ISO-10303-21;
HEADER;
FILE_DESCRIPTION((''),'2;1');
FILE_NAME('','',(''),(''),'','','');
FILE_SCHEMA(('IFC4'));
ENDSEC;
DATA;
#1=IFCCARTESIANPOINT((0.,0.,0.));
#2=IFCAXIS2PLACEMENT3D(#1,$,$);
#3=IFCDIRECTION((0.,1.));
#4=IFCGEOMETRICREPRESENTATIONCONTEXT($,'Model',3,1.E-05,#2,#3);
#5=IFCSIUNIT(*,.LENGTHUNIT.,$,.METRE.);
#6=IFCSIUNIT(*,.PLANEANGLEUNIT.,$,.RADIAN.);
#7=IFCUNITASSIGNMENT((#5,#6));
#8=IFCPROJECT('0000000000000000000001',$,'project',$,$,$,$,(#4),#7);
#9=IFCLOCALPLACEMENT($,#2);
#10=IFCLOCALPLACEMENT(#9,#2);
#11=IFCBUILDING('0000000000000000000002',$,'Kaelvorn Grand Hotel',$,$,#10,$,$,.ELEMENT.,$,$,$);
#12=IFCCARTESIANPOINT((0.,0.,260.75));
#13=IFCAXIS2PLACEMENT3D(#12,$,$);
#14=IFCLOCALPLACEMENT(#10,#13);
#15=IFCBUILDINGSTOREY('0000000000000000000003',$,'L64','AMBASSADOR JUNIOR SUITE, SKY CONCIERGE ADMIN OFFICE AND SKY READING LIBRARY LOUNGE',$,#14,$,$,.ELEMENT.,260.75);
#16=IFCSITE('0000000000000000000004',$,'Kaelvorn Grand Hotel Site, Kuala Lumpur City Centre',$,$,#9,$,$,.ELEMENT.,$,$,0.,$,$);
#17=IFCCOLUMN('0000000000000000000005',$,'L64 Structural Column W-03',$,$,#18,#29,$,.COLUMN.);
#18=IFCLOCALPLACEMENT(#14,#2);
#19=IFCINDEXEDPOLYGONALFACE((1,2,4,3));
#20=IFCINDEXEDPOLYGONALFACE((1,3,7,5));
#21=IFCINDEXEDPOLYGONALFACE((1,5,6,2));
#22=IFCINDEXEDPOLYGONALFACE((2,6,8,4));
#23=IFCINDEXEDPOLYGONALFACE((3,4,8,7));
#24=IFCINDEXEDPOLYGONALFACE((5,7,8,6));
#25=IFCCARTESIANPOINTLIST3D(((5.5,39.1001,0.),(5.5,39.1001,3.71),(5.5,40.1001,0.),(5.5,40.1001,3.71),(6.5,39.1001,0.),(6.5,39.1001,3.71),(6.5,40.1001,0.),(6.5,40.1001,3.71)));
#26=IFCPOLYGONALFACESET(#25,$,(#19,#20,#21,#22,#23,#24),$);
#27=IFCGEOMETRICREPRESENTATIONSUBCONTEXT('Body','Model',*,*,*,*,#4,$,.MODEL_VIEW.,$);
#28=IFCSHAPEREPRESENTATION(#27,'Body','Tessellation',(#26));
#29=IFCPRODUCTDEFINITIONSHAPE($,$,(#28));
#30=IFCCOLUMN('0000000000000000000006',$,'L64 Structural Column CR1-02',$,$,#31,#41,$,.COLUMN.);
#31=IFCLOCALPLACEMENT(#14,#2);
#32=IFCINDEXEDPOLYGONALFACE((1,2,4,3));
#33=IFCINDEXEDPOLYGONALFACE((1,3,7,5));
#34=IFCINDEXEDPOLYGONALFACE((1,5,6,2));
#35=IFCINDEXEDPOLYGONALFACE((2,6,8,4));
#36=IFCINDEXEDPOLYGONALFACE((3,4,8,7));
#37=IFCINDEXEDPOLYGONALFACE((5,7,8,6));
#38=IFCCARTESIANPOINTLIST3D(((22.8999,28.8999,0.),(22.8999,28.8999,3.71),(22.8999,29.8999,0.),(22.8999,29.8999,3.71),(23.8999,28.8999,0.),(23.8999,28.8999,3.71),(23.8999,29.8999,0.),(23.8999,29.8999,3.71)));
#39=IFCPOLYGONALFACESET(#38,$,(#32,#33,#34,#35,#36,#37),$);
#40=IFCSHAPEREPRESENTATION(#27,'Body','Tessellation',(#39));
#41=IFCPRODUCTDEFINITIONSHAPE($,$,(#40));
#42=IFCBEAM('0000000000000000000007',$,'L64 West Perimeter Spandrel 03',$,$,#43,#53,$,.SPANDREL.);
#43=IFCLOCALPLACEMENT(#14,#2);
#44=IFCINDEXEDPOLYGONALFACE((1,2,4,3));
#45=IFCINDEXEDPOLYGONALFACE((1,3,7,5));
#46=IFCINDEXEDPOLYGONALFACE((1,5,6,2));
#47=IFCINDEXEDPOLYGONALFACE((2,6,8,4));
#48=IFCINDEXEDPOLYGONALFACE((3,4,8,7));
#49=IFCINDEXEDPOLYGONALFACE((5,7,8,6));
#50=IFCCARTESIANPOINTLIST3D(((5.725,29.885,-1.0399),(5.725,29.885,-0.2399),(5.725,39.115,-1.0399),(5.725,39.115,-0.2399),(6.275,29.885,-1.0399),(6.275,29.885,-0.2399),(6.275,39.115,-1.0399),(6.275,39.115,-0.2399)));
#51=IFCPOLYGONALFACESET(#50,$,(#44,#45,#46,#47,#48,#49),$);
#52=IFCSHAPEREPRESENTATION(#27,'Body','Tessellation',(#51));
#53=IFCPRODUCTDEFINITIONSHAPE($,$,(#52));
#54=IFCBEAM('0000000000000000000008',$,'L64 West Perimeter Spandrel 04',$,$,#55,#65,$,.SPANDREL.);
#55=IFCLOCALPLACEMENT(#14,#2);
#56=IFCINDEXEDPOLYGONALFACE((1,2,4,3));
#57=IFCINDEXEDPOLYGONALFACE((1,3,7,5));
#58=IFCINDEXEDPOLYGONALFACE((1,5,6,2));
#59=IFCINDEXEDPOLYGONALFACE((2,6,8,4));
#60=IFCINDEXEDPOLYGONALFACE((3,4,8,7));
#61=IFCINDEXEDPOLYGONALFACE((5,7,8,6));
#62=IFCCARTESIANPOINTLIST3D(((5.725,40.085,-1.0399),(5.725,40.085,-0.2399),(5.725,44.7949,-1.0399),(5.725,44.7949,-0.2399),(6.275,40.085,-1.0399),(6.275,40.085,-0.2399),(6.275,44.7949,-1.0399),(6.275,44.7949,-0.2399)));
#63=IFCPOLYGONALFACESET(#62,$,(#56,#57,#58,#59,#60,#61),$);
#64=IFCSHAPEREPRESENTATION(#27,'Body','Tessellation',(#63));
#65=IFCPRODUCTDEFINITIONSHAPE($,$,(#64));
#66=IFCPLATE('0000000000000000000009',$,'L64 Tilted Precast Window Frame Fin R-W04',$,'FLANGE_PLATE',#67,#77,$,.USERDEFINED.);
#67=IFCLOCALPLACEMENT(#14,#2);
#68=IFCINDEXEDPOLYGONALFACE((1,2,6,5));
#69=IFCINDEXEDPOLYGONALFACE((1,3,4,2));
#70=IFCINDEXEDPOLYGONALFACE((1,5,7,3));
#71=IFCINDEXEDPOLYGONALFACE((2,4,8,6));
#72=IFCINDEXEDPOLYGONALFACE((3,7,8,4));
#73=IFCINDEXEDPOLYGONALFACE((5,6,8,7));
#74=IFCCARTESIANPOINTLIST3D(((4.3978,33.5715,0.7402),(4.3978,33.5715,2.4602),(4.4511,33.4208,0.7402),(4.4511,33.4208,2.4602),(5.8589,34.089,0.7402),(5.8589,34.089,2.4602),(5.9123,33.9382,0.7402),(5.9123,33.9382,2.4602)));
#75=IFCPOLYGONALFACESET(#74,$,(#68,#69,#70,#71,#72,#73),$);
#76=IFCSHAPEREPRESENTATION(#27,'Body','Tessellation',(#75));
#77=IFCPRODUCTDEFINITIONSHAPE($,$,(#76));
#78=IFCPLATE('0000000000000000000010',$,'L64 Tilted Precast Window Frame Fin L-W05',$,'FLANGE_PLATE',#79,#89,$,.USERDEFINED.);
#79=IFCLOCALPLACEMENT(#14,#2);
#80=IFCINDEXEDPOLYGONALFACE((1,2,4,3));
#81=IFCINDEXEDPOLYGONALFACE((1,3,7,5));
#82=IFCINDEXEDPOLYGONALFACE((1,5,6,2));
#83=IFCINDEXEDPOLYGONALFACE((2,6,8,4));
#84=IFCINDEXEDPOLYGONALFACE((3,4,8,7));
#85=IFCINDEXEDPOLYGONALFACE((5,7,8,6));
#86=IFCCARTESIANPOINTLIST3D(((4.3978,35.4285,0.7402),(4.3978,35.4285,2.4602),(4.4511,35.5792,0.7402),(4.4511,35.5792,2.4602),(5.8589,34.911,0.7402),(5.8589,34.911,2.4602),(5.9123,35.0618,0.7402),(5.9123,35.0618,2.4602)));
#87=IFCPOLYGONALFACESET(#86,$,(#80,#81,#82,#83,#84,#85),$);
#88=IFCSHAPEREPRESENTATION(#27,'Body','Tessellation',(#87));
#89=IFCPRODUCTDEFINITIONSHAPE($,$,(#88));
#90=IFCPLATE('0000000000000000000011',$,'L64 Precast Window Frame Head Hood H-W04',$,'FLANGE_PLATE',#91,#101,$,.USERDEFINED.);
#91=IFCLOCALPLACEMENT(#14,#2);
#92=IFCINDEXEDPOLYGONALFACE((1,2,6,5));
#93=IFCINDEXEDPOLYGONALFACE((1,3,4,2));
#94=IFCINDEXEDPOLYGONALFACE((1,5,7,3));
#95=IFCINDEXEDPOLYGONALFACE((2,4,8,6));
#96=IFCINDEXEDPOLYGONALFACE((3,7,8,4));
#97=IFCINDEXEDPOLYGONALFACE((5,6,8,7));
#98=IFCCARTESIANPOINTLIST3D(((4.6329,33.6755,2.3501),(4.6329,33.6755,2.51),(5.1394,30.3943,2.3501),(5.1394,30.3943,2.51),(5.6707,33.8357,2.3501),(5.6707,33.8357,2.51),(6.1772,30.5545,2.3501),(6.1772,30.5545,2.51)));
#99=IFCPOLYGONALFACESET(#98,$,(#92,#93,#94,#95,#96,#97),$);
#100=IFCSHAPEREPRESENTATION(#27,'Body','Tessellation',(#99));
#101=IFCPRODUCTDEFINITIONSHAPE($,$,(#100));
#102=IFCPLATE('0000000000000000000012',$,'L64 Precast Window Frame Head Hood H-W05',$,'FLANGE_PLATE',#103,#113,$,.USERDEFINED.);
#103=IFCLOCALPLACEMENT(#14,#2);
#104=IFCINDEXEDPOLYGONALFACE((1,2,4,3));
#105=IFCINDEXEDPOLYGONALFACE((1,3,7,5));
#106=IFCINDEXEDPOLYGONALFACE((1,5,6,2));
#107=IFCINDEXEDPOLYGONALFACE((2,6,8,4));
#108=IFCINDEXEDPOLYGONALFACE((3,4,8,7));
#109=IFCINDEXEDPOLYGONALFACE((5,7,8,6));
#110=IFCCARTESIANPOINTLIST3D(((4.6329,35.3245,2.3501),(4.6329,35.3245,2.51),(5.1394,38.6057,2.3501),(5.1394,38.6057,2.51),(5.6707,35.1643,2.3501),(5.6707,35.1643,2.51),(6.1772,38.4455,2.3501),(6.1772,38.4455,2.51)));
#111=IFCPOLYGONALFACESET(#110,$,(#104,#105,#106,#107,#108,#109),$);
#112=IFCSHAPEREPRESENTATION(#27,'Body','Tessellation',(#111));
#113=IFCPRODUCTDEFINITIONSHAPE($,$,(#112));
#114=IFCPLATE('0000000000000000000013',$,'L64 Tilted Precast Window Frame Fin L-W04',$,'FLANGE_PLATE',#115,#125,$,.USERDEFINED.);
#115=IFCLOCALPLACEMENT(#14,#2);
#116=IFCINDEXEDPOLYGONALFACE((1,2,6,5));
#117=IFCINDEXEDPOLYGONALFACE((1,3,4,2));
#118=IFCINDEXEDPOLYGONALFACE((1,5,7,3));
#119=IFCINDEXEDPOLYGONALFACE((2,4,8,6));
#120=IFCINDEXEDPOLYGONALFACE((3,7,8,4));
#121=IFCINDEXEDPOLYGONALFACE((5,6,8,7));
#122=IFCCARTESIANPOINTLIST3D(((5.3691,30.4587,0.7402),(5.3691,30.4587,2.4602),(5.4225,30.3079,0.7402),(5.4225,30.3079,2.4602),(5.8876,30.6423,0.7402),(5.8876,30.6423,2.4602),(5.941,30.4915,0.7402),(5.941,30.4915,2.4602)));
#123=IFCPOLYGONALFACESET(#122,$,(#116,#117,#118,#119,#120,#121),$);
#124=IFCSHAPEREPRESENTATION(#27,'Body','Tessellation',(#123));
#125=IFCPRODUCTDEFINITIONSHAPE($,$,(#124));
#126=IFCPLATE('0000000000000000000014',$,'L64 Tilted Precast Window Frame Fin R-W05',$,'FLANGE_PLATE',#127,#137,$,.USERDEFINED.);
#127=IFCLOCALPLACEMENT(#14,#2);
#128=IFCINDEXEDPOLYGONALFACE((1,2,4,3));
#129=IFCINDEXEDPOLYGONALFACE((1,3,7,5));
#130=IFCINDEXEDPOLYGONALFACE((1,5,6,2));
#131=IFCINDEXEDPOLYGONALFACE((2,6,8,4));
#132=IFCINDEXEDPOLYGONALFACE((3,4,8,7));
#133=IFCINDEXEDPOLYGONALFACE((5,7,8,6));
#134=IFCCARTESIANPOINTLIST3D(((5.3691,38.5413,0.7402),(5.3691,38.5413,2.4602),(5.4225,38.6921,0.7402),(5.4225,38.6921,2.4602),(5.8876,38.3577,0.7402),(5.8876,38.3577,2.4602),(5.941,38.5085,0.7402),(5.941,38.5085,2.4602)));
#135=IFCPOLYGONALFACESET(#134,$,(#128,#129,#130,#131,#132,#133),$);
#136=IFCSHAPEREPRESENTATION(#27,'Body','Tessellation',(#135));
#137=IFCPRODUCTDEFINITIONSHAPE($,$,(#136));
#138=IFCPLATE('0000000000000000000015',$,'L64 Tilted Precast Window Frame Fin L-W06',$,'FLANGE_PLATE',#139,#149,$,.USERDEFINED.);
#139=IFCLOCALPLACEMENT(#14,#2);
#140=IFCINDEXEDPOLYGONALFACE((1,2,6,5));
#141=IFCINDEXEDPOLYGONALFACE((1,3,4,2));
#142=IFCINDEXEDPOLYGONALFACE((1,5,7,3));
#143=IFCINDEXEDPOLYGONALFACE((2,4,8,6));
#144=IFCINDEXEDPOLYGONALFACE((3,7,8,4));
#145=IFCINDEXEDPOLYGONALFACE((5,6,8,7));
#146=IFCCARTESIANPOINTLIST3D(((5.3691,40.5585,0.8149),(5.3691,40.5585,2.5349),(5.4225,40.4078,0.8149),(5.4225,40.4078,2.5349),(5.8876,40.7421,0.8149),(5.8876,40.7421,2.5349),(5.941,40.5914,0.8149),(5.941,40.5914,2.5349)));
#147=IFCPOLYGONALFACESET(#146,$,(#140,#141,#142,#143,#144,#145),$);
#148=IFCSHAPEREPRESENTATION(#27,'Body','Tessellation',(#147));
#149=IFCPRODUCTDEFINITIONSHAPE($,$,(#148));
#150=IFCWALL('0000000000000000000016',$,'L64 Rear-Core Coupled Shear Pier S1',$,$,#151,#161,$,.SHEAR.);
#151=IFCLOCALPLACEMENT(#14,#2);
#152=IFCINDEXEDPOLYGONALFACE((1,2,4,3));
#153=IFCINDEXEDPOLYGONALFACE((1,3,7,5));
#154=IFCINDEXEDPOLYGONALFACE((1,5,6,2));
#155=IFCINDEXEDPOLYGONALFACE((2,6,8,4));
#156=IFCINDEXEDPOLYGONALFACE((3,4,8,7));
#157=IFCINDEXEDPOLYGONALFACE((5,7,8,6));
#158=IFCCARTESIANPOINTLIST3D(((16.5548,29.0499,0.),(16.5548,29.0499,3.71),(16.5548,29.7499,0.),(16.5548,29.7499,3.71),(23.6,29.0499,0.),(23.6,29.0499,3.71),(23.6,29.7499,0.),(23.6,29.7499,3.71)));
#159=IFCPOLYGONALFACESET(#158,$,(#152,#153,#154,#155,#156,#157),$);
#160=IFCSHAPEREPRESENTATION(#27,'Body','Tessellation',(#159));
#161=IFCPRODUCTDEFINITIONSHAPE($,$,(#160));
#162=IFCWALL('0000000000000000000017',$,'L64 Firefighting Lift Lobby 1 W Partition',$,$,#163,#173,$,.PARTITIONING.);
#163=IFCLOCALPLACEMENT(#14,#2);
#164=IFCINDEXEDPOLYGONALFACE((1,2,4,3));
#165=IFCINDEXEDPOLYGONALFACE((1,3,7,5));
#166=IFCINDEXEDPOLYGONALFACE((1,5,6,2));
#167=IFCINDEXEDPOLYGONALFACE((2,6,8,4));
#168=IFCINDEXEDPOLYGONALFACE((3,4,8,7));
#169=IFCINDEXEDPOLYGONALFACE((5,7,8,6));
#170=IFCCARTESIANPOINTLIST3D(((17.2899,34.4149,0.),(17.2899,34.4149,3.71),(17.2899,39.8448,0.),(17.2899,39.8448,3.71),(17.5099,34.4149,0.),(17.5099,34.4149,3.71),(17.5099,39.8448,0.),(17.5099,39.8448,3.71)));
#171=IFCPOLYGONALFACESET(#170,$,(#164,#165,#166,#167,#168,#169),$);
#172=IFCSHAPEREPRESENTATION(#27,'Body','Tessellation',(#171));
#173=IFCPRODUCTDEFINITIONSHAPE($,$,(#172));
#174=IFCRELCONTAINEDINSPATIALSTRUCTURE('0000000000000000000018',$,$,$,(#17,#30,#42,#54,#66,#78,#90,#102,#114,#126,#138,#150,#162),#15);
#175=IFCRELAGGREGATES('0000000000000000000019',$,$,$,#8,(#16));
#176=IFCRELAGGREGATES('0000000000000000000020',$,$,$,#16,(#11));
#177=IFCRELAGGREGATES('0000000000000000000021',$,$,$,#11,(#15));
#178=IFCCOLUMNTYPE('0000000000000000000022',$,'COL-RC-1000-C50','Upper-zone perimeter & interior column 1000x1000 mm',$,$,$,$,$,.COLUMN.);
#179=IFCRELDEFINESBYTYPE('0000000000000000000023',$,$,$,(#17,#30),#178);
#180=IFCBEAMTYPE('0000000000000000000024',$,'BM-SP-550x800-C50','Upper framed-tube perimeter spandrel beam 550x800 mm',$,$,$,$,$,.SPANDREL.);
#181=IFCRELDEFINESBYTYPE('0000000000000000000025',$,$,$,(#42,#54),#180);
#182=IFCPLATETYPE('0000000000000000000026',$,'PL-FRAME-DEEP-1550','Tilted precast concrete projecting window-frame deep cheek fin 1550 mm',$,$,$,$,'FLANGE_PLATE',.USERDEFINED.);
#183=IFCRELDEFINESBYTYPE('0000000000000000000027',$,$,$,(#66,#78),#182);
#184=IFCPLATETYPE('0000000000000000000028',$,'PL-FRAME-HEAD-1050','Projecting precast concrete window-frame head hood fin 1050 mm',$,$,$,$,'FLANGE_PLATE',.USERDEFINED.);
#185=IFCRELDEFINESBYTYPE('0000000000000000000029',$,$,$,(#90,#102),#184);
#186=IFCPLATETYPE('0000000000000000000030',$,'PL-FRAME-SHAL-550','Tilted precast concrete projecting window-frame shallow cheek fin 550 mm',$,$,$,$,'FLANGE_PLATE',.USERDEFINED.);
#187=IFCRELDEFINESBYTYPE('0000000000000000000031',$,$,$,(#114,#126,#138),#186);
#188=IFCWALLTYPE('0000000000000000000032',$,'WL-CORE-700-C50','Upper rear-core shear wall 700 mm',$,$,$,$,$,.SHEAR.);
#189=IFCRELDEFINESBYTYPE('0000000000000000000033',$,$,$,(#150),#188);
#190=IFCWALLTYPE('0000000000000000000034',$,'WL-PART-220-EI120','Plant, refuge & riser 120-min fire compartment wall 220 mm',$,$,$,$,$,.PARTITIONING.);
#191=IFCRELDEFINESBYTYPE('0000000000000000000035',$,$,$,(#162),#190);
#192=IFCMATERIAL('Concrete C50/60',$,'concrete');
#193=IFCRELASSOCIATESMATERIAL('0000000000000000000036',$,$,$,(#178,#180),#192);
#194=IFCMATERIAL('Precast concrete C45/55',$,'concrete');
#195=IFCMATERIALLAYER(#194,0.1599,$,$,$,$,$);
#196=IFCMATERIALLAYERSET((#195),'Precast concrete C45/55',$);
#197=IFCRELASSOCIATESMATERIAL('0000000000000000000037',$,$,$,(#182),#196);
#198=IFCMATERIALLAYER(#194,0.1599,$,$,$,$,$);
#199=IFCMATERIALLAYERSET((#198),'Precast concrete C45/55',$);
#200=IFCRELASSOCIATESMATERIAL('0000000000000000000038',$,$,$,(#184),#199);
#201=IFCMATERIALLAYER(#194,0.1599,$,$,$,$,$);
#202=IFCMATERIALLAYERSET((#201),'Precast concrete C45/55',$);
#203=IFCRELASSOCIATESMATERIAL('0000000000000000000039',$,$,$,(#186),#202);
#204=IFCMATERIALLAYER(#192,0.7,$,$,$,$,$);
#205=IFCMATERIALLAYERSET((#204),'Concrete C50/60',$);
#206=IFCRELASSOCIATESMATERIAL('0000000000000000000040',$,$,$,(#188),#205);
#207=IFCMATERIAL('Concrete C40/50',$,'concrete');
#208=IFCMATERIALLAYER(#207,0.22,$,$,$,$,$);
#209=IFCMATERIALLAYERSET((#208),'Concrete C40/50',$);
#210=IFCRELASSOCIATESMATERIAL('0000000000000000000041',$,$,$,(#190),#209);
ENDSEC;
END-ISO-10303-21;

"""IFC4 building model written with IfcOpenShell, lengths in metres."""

from ifc_helpers import new_model, si_unit, direction, frame, frame_2d, origin, origin_2d, place, context, subcontext, project, spatial, rectangle, extrude, material, layer, layer_set, material_profile, profile_set, type_object, element, save


model = new_model("IFC4")

# Units and contexts
model_context = context("Model", 3, precision=1e-05, world=origin(), true_north=direction((0.0, 1.0)))
body_context = subcontext(model_context, "Body", "Model", "MODEL_VIEW")
ifc_project = project(units=[si_unit("LENGTHUNIT", "METRE"), si_unit("PLANEANGLEUNIT", "RADIAN")], contexts=[model_context])

# Site, building, storey
site_placement = place(None, origin())
site = spatial("IfcSite", under=ifc_project, at=site_placement, Name="Kaelvorn Grand Hotel Site, Kuala Lumpur City Centre", CompositionType="ELEMENT", RefElevation=0.0)
building_placement = place(site_placement, origin())
building = spatial("IfcBuilding", under=site, at=building_placement, Name="Kaelvorn Grand Hotel", CompositionType="ELEMENT")
storey_placement = place(building_placement, frame((0.0, 0.0, 260.75)))
storey = spatial("IfcBuildingStorey", under=building, at=storey_placement, Name="L64", Description="AMBASSADOR JUNIOR SUITE, SKY CONCIERGE ADMIN OFFICE AND SKY READING LIBRARY LOUNGE", CompositionType="ELEMENT", Elevation=260.75)

# Columns
ifc_material_1 = material(Name="Concrete C50/60", Category="concrete")
ifc_material_profile_1 = material_profile(ifc_material_1, rectangle(XDim=1.0, YDim=1.0, at=origin_2d()), Name="RC COL 1000x1000")
ifc_profile_set_1 = profile_set([ifc_material_profile_1], Name="Concrete C50/60")
column_type = type_object("IfcColumnType", Name="COL-RC-1000-C50", Description="Upper-zone perimeter & interior column 1000x1000 mm", PredefinedType="COLUMN", material=ifc_profile_set_1)
for number, where, z_axis, x_axis, name in (
    (1, (6.0, 39.6001, 0.0), (0.0, 0.0, 1.0), (1.0, 0.0, 0.0), "L64 Structural Column W-03"),
    (2, (23.3999, 29.3999, 0.0), (0.0, 0.0, 1.0), (1.0, 0.0, 0.0), "L64 Structural Column CR1-02"),
):
    element("IfcColumn", number, at=place(storey_placement, frame(where, z_axis=z_axis, x_axis=x_axis)), inside=storey, type_object=column_type, Name=name, PredefinedType="COLUMN", context=body_context, shape_type="SweptSolid", body=[
        extrude(rectangle(XDim=1.0, YDim=1.0, at=origin_2d()), origin(), (0.0, 0.0, 1.0), 3.71),
    ])

# Beams
ifc_material_profile_2 = material_profile(ifc_material_1, rectangle(XDim=0.55, YDim=0.8, at=origin_2d()), Name="RC SPANDREL 550x800")
ifc_profile_set_2 = profile_set([ifc_material_profile_2], Name="Concrete C50/60")
beam_type = type_object("IfcBeamType", Name="BM-SP-550x800-C50", Description="Upper framed-tube perimeter spandrel beam 550x800 mm", PredefinedType="SPANDREL", material=ifc_profile_set_2)
beam_1_placement = place(storey_placement, frame((6.0, 29.885, -0.6399), z_axis=(0.0, 1.0, 0.0), x_axis=(-1.0, 0.0, 0.0)))
element("IfcBeam", 3, at=beam_1_placement, inside=storey, type_object=beam_type, Name="L64 West Perimeter Spandrel 03", PredefinedType="SPANDREL", context=body_context, shape_type="SweptSolid", body=[
    extrude(rectangle(XDim=0.55, YDim=0.8, at=origin_2d()), origin(), (0.0, 0.0, 1.0), 9.23),
])
beam_2_placement = place(storey_placement, frame((6.0, 40.085, -0.6399), z_axis=(0.0, 1.0, 0.0), x_axis=(-1.0, 0.0, 0.0)))
element("IfcBeam", 4, at=beam_2_placement, inside=storey, type_object=beam_type, Name="L64 West Perimeter Spandrel 04", PredefinedType="SPANDREL", context=body_context, shape_type="SweptSolid", body=[
    extrude(rectangle(XDim=0.55, YDim=0.8, at=origin_2d()), origin(), (0.0, 0.0, 1.0), 4.71),
])

# Plates
ifc_material_2 = material(Name="Precast concrete C45/55", Category="concrete")
ifc_layer_1 = layer(ifc_material_2, 0.1599)
ifc_layer_set_1 = layer_set([ifc_layer_1], Name="Precast concrete C45/55")
plate_type_1 = type_object("IfcPlateType", Name="PL-FRAME-DEEP-1550", Description="Tilted precast concrete projecting window-frame deep cheek fin 1550 mm", ElementType="FLANGE_PLATE", PredefinedType="USERDEFINED", material=ifc_layer_set_1)
for number, where, z_axis, x_axis, name in (
    (5, (5.155, 33.7549, 0.7402), (0.0, 0.0, 1.0), (-0.333807, 0.942641, 0.0), "L64 Tilted Precast Window Frame Fin R-W04"),
    (6, (5.155, 35.2451, 0.7402), (0.0, 0.0, 1.0), (0.333807, 0.942641, 0.0), "L64 Tilted Precast Window Frame Fin L-W05"),
):
    element("IfcPlate", number, at=place(storey_placement, frame(where, z_axis=z_axis, x_axis=x_axis)), inside=storey, type_object=plate_type_1, Name=name, ObjectType="FLANGE_PLATE", PredefinedType="USERDEFINED", context=body_context, shape_type="SweptSolid", body=[
        extrude(rectangle(XDim=0.1599, YDim=1.55, at=origin_2d()), origin(), (0.0, 0.0, 1.0), 1.72),
    ])
ifc_layer_2 = layer(ifc_material_2, 0.1599)
ifc_layer_set_2 = layer_set([ifc_layer_2], Name="Precast concrete C45/55")
plate_type_2 = type_object("IfcPlateType", Name="PL-FRAME-HEAD-1050", Description="Projecting precast concrete window-frame head hood fin 1050 mm", ElementType="FLANGE_PLATE", PredefinedType="USERDEFINED", material=ifc_layer_set_2)
for number, where, z_axis, x_axis, name in (
    (7, (5.405, 32.115, 2.3501), (0.0, 0.0, 1.0), (-0.152555, 0.988295, 0.0), "L64 Precast Window Frame Head Hood H-W04"),
    (8, (5.405, 36.885, 2.3501), (0.0, 0.0, 1.0), (0.152555, 0.988295, 0.0), "L64 Precast Window Frame Head Hood H-W05"),
):
    element("IfcPlate", number, at=place(storey_placement, frame(where, z_axis=z_axis, x_axis=x_axis)), inside=storey, type_object=plate_type_2, Name=name, ObjectType="FLANGE_PLATE", PredefinedType="USERDEFINED", context=body_context, shape_type="SweptSolid", body=[
        extrude(rectangle(XDim=3.3201, YDim=1.05, at=origin_2d()), origin(), (0.0, 0.0, 1.0), 0.1599),
    ])
ifc_layer_3 = layer(ifc_material_2, 0.1599)
ifc_layer_set_3 = layer_set([ifc_layer_3], Name="Precast concrete C45/55")
plate_type_3 = type_object("IfcPlateType", Name="PL-FRAME-SHAL-550", Description="Tilted precast concrete projecting window-frame shallow cheek fin 550 mm", ElementType="FLANGE_PLATE", PredefinedType="USERDEFINED", material=ifc_layer_set_3)
for number, where, z_axis, x_axis, name in (
    (9, (5.655, 30.4751, 0.7402), (0.0, 0.0, 1.0), (-0.333807, 0.942641, 0.0), "L64 Tilted Precast Window Frame Fin L-W04"),
    (10, (5.655, 38.5249, 0.7402), (0.0, 0.0, 1.0), (0.333807, 0.942641, 0.0), "L64 Tilted Precast Window Frame Fin R-W05"),
    (11, (5.655, 40.575, 0.8149), (0.0, 0.0, 1.0), (-0.333807, 0.942641, 0.0), "L64 Tilted Precast Window Frame Fin L-W06"),
):
    element("IfcPlate", number, at=place(storey_placement, frame(where, z_axis=z_axis, x_axis=x_axis)), inside=storey, type_object=plate_type_3, Name=name, ObjectType="FLANGE_PLATE", PredefinedType="USERDEFINED", context=body_context, shape_type="SweptSolid", body=[
        extrude(rectangle(XDim=0.1599, YDim=0.55, at=origin_2d()), origin(), (0.0, 0.0, 1.0), 1.72),
    ])

# Wall
ifc_layer_4 = layer(ifc_material_1, 0.7)
ifc_layer_set_4 = layer_set([ifc_layer_4], Name="Concrete C50/60")
wall_type_1 = type_object("IfcWallType", Name="WL-CORE-700-C50", Description="Upper rear-core shear wall 700 mm", PredefinedType="SHEAR", material=ifc_layer_set_4)
wall_1_placement = place(storey_placement, frame((16.5549, 29.3999, 0.0), z_axis=(0.0, 0.0, 1.0), x_axis=(1.0, 0.0, 0.0)))
element("IfcWall", 12, at=wall_1_placement, inside=storey, type_object=wall_type_1, Name="L64 Rear-Core Coupled Shear Pier S1", PredefinedType="SHEAR", context=body_context, shape_type="SweptSolid", body=[
    extrude(rectangle(XDim=7.0452, YDim=0.7, at=frame_2d((3.5225, 0.0))), origin(), (0.0, 0.0, 1.0), 3.71),
])

# Shared definitions
ifc_material_3 = material(Name="Concrete C40/50", Category="concrete")
ifc_layer_5 = layer(ifc_material_3, 0.22)
ifc_layer_set_5 = layer_set([ifc_layer_5], Name="Concrete C40/50")
wall_type_2 = type_object("IfcWallType", Name="WL-PART-220-EI120", Description="Plant, refuge & riser 120-min fire compartment wall 220 mm", PredefinedType="PARTITIONING", material=ifc_layer_set_5)

# Wall
wall_2_placement = place(storey_placement, frame((17.3999, 34.415, 0.0), z_axis=(0.0, 0.0, 1.0), x_axis=(0.0, 1.0, 0.0)))
element("IfcWall", 13, at=wall_2_placement, inside=storey, type_object=wall_type_2, Name="L64 Firefighting Lift Lobby 1 W Partition", PredefinedType="PARTITIONING", context=body_context, shape_type="SweptSolid", body=[
    extrude(rectangle(XDim=5.4299, YDim=0.22, at=frame_2d((2.7148, 0.0))), origin(), (0.0, 0.0, 1.0), 3.71),
])

save(model, "model.ifc")
